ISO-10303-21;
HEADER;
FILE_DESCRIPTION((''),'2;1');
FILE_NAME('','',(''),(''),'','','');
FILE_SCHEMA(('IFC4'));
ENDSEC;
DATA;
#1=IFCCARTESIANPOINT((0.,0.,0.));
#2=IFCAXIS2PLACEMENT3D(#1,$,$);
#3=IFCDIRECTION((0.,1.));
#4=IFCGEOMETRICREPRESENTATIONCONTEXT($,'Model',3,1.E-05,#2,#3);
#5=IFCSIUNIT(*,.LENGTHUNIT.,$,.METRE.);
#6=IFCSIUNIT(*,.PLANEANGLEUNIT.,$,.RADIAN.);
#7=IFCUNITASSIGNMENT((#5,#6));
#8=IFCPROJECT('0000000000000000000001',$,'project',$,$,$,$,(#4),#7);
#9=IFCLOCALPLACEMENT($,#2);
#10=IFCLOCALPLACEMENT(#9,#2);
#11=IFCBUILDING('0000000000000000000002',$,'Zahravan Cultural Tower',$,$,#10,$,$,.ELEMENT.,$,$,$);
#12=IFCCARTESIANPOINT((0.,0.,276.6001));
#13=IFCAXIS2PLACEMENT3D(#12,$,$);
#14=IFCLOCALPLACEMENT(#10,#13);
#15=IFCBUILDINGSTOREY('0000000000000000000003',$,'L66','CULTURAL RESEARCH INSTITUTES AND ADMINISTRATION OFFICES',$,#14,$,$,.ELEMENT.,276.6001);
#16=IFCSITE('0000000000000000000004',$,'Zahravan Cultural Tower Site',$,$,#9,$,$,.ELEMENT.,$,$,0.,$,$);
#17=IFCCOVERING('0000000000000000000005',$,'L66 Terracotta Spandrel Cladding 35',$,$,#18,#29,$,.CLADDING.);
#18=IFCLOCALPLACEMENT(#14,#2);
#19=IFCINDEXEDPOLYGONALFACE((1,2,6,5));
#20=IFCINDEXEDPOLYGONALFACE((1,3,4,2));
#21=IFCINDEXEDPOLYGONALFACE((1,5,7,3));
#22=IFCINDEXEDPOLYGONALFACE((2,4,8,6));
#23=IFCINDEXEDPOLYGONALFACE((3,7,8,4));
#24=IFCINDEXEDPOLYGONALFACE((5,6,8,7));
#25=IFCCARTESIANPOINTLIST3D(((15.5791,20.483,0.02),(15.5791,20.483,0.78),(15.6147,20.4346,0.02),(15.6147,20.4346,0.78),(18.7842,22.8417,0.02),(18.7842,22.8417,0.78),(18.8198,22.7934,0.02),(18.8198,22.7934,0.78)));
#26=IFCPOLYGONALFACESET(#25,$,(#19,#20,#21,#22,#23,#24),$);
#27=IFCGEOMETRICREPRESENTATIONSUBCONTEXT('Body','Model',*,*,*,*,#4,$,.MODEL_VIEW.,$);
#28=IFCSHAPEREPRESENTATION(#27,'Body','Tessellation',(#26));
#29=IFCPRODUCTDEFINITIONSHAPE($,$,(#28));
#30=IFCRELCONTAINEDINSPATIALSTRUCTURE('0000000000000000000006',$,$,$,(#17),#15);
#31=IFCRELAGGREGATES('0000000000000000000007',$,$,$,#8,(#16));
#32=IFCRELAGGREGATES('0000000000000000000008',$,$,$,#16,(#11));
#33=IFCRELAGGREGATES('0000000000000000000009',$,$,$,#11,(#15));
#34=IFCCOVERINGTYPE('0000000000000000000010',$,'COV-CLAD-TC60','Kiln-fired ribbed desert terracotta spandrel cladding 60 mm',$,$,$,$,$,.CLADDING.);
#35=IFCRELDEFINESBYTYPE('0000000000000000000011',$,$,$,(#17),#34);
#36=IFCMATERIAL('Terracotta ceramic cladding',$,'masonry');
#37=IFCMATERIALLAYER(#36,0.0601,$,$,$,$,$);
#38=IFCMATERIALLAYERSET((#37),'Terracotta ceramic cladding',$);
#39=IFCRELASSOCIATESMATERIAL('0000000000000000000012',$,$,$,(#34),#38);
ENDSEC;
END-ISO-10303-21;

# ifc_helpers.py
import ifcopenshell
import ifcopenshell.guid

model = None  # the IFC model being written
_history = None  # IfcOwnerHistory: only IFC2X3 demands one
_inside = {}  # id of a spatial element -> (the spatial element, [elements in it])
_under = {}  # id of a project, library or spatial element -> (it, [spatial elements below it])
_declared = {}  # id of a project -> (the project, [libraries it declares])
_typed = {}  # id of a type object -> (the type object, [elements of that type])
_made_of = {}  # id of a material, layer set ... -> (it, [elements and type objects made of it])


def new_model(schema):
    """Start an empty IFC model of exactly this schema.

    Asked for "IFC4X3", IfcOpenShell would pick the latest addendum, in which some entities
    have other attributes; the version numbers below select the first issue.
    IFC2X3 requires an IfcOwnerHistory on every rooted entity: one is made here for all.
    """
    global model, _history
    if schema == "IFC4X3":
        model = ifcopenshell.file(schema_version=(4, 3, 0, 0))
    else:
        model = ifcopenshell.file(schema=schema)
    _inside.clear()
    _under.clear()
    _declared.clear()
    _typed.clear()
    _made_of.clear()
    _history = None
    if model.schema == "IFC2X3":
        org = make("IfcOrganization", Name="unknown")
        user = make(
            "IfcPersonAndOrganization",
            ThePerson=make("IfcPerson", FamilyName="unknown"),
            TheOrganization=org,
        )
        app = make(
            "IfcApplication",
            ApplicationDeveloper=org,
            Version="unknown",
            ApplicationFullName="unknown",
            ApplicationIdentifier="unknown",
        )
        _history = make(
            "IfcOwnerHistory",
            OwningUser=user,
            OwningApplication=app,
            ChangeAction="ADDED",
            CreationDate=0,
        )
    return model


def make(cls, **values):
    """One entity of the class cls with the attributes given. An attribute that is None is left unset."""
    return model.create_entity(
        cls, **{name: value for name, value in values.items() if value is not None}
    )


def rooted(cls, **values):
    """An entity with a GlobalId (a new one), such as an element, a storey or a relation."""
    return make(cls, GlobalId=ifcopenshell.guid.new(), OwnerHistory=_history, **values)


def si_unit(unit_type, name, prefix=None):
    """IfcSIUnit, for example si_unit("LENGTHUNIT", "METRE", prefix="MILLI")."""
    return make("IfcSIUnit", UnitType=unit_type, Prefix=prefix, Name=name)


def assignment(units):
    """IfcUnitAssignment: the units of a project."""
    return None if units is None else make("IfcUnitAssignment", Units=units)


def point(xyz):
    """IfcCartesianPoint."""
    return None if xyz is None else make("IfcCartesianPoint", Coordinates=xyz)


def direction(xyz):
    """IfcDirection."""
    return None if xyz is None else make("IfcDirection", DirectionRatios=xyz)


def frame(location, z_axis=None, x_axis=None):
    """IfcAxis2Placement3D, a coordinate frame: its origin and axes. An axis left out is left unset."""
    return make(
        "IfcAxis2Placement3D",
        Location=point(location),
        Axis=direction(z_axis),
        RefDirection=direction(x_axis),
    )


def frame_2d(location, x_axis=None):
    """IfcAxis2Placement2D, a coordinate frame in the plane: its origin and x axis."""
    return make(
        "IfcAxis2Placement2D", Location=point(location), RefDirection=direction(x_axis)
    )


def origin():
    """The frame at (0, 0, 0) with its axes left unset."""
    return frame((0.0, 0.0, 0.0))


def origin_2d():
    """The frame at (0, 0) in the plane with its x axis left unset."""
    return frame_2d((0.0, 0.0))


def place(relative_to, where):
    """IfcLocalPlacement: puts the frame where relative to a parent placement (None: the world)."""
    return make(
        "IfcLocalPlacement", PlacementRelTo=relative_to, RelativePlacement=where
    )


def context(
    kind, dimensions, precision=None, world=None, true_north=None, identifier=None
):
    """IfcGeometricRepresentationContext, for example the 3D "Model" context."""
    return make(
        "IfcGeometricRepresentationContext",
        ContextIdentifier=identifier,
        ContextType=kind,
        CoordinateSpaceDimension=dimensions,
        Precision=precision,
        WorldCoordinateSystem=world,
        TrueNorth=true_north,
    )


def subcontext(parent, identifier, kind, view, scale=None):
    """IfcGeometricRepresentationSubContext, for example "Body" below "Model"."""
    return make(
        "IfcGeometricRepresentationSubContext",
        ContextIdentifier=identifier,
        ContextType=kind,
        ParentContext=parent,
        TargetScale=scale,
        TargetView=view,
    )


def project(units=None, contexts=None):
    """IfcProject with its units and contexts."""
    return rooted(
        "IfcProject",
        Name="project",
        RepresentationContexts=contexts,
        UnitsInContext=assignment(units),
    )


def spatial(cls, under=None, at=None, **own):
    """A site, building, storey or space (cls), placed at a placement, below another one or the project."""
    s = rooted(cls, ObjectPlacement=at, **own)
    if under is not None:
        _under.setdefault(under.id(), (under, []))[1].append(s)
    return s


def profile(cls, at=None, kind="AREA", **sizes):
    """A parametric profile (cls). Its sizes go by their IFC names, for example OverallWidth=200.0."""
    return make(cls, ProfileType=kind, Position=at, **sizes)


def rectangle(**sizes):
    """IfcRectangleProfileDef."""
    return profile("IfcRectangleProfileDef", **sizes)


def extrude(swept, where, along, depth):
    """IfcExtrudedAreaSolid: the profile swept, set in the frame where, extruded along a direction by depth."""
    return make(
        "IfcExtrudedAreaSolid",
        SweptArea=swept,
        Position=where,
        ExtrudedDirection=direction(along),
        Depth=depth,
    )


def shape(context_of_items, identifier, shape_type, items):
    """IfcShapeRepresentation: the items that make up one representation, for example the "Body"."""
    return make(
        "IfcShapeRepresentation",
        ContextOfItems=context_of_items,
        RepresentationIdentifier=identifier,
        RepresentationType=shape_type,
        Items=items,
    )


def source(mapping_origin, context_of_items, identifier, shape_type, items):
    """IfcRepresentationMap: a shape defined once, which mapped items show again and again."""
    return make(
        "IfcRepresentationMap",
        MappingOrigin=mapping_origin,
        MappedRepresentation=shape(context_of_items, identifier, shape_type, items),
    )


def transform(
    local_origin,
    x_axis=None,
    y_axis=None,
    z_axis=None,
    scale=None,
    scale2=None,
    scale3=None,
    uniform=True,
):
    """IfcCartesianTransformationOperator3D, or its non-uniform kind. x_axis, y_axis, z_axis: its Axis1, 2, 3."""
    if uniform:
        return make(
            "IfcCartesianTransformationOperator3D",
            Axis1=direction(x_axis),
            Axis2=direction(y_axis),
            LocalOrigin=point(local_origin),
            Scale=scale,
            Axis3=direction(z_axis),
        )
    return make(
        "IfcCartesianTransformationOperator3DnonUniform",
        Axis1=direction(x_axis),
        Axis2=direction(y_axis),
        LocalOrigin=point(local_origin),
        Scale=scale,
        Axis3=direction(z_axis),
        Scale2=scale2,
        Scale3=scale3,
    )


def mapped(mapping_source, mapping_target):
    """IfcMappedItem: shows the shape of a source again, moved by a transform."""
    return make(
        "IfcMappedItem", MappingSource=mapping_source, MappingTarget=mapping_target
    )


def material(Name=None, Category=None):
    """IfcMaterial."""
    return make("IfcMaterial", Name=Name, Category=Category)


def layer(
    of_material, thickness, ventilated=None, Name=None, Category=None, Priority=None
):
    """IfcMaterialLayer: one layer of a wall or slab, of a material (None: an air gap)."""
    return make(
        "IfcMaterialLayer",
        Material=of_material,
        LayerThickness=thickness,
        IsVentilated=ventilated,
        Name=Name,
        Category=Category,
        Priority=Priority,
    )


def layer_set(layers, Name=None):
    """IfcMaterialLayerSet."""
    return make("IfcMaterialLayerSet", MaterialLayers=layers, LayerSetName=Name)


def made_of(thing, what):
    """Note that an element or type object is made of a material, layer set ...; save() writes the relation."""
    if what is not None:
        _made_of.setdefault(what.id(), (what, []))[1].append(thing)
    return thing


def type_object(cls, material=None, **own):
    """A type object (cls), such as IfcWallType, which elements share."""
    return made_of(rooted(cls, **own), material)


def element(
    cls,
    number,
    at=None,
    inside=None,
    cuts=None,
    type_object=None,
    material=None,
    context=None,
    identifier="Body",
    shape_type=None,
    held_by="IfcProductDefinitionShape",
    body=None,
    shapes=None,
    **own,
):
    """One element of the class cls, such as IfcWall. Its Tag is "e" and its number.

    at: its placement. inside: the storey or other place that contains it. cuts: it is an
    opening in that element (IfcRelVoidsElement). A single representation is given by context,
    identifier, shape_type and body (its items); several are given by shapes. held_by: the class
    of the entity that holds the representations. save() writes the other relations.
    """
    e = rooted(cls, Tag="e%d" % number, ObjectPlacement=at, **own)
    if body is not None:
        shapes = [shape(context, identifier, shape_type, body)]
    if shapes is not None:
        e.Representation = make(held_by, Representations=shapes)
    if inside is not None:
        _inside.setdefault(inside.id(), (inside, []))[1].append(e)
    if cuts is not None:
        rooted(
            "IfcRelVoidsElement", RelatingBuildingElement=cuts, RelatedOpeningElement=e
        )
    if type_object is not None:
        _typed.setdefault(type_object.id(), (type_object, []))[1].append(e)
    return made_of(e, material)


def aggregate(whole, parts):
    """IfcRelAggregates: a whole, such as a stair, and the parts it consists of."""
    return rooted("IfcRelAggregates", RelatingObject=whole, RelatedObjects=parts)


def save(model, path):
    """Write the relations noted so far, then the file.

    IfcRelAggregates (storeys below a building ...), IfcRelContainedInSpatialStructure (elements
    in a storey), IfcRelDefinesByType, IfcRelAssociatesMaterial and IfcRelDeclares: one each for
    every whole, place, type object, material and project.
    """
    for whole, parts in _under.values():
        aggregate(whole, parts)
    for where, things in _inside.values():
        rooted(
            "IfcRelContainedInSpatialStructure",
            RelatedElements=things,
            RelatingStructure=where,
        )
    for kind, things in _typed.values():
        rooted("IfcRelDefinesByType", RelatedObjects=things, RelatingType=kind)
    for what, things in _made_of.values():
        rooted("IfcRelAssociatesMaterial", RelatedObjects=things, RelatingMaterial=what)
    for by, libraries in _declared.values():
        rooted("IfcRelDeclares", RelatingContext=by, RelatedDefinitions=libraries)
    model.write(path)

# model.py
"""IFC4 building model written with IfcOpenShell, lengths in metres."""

from ifc_helpers import new_model, si_unit, direction, frame, origin, origin_2d, place, context, subcontext, project, spatial, rectangle, extrude, source, transform, mapped, material, layer, layer_set, type_object, element, save


model = new_model("IFC4")

# Units and contexts
model_context = context("Model", 3, precision=1e-05, world=origin(), true_north=direction((0.0, 1.0)))
body_context = subcontext(model_context, "Body", "Model", "MODEL_VIEW")
ifc_project = project(units=[si_unit("LENGTHUNIT", "METRE"), si_unit("PLANEANGLEUNIT", "RADIAN")], contexts=[model_context])

# Site, building, storey
site_placement = place(None, origin())
site = spatial("IfcSite", under=ifc_project, at=site_placement, Name="Zahravan Cultural Tower Site", CompositionType="ELEMENT", RefElevation=0.0)
building_placement = place(site_placement, origin())
building = spatial("IfcBuilding", under=site, at=building_placement, Name="Zahravan Cultural Tower", CompositionType="ELEMENT")
storey_placement = place(building_placement, frame((0.0, 0.0, 276.6001)))
storey = spatial("IfcBuildingStorey", under=building, at=storey_placement, Name="L66", Description="CULTURAL RESEARCH INSTITUTES AND ADMINISTRATION OFFICES", CompositionType="ELEMENT", Elevation=276.6001)

# Covering
ifc_material_1 = material(Name="Terracotta ceramic cladding", Category="masonry")
ifc_layer_1 = layer(ifc_material_1, 0.0601)
ifc_layer_set_1 = layer_set([ifc_layer_1], Name="Terracotta ceramic cladding")
covering_type = type_object("IfcCoveringType", Name="COV-CLAD-TC60", Description="Kiln-fired ribbed desert terracotta spandrel cladding 60 mm", PredefinedType="CLADDING", material=ifc_layer_set_1)
shared_shape_1 = source(origin(), body_context, "Body", "SweptSolid", [
    extrude(rectangle(XDim=3.9795, YDim=0.0601, at=origin_2d()), origin(), (0.0, 0.0, 1.0), 0.76),
])
covering_placement = place(storey_placement, frame((17.1995, 21.6382, 0.02), z_axis=(0.0, 0.0, 1.0), x_axis=(0.805411, 0.592716, 0.0)))
element("IfcCovering", 1, at=covering_placement, inside=storey, type_object=covering_type, Name="L66 Terracotta Spandrel Cladding 35", PredefinedType="CLADDING", context=body_context, shape_type="MappedRepresentation", body=[
    mapped(shared_shape_1, transform((0.0, 0.0, 0.0), x_axis=(1.0, 0.0, 0.0), y_axis=(0.0, 1.0, 0.0), z_axis=(0.0, 0.0, 1.0), scale=1.0)),
])

save(model, "model.ifc")
